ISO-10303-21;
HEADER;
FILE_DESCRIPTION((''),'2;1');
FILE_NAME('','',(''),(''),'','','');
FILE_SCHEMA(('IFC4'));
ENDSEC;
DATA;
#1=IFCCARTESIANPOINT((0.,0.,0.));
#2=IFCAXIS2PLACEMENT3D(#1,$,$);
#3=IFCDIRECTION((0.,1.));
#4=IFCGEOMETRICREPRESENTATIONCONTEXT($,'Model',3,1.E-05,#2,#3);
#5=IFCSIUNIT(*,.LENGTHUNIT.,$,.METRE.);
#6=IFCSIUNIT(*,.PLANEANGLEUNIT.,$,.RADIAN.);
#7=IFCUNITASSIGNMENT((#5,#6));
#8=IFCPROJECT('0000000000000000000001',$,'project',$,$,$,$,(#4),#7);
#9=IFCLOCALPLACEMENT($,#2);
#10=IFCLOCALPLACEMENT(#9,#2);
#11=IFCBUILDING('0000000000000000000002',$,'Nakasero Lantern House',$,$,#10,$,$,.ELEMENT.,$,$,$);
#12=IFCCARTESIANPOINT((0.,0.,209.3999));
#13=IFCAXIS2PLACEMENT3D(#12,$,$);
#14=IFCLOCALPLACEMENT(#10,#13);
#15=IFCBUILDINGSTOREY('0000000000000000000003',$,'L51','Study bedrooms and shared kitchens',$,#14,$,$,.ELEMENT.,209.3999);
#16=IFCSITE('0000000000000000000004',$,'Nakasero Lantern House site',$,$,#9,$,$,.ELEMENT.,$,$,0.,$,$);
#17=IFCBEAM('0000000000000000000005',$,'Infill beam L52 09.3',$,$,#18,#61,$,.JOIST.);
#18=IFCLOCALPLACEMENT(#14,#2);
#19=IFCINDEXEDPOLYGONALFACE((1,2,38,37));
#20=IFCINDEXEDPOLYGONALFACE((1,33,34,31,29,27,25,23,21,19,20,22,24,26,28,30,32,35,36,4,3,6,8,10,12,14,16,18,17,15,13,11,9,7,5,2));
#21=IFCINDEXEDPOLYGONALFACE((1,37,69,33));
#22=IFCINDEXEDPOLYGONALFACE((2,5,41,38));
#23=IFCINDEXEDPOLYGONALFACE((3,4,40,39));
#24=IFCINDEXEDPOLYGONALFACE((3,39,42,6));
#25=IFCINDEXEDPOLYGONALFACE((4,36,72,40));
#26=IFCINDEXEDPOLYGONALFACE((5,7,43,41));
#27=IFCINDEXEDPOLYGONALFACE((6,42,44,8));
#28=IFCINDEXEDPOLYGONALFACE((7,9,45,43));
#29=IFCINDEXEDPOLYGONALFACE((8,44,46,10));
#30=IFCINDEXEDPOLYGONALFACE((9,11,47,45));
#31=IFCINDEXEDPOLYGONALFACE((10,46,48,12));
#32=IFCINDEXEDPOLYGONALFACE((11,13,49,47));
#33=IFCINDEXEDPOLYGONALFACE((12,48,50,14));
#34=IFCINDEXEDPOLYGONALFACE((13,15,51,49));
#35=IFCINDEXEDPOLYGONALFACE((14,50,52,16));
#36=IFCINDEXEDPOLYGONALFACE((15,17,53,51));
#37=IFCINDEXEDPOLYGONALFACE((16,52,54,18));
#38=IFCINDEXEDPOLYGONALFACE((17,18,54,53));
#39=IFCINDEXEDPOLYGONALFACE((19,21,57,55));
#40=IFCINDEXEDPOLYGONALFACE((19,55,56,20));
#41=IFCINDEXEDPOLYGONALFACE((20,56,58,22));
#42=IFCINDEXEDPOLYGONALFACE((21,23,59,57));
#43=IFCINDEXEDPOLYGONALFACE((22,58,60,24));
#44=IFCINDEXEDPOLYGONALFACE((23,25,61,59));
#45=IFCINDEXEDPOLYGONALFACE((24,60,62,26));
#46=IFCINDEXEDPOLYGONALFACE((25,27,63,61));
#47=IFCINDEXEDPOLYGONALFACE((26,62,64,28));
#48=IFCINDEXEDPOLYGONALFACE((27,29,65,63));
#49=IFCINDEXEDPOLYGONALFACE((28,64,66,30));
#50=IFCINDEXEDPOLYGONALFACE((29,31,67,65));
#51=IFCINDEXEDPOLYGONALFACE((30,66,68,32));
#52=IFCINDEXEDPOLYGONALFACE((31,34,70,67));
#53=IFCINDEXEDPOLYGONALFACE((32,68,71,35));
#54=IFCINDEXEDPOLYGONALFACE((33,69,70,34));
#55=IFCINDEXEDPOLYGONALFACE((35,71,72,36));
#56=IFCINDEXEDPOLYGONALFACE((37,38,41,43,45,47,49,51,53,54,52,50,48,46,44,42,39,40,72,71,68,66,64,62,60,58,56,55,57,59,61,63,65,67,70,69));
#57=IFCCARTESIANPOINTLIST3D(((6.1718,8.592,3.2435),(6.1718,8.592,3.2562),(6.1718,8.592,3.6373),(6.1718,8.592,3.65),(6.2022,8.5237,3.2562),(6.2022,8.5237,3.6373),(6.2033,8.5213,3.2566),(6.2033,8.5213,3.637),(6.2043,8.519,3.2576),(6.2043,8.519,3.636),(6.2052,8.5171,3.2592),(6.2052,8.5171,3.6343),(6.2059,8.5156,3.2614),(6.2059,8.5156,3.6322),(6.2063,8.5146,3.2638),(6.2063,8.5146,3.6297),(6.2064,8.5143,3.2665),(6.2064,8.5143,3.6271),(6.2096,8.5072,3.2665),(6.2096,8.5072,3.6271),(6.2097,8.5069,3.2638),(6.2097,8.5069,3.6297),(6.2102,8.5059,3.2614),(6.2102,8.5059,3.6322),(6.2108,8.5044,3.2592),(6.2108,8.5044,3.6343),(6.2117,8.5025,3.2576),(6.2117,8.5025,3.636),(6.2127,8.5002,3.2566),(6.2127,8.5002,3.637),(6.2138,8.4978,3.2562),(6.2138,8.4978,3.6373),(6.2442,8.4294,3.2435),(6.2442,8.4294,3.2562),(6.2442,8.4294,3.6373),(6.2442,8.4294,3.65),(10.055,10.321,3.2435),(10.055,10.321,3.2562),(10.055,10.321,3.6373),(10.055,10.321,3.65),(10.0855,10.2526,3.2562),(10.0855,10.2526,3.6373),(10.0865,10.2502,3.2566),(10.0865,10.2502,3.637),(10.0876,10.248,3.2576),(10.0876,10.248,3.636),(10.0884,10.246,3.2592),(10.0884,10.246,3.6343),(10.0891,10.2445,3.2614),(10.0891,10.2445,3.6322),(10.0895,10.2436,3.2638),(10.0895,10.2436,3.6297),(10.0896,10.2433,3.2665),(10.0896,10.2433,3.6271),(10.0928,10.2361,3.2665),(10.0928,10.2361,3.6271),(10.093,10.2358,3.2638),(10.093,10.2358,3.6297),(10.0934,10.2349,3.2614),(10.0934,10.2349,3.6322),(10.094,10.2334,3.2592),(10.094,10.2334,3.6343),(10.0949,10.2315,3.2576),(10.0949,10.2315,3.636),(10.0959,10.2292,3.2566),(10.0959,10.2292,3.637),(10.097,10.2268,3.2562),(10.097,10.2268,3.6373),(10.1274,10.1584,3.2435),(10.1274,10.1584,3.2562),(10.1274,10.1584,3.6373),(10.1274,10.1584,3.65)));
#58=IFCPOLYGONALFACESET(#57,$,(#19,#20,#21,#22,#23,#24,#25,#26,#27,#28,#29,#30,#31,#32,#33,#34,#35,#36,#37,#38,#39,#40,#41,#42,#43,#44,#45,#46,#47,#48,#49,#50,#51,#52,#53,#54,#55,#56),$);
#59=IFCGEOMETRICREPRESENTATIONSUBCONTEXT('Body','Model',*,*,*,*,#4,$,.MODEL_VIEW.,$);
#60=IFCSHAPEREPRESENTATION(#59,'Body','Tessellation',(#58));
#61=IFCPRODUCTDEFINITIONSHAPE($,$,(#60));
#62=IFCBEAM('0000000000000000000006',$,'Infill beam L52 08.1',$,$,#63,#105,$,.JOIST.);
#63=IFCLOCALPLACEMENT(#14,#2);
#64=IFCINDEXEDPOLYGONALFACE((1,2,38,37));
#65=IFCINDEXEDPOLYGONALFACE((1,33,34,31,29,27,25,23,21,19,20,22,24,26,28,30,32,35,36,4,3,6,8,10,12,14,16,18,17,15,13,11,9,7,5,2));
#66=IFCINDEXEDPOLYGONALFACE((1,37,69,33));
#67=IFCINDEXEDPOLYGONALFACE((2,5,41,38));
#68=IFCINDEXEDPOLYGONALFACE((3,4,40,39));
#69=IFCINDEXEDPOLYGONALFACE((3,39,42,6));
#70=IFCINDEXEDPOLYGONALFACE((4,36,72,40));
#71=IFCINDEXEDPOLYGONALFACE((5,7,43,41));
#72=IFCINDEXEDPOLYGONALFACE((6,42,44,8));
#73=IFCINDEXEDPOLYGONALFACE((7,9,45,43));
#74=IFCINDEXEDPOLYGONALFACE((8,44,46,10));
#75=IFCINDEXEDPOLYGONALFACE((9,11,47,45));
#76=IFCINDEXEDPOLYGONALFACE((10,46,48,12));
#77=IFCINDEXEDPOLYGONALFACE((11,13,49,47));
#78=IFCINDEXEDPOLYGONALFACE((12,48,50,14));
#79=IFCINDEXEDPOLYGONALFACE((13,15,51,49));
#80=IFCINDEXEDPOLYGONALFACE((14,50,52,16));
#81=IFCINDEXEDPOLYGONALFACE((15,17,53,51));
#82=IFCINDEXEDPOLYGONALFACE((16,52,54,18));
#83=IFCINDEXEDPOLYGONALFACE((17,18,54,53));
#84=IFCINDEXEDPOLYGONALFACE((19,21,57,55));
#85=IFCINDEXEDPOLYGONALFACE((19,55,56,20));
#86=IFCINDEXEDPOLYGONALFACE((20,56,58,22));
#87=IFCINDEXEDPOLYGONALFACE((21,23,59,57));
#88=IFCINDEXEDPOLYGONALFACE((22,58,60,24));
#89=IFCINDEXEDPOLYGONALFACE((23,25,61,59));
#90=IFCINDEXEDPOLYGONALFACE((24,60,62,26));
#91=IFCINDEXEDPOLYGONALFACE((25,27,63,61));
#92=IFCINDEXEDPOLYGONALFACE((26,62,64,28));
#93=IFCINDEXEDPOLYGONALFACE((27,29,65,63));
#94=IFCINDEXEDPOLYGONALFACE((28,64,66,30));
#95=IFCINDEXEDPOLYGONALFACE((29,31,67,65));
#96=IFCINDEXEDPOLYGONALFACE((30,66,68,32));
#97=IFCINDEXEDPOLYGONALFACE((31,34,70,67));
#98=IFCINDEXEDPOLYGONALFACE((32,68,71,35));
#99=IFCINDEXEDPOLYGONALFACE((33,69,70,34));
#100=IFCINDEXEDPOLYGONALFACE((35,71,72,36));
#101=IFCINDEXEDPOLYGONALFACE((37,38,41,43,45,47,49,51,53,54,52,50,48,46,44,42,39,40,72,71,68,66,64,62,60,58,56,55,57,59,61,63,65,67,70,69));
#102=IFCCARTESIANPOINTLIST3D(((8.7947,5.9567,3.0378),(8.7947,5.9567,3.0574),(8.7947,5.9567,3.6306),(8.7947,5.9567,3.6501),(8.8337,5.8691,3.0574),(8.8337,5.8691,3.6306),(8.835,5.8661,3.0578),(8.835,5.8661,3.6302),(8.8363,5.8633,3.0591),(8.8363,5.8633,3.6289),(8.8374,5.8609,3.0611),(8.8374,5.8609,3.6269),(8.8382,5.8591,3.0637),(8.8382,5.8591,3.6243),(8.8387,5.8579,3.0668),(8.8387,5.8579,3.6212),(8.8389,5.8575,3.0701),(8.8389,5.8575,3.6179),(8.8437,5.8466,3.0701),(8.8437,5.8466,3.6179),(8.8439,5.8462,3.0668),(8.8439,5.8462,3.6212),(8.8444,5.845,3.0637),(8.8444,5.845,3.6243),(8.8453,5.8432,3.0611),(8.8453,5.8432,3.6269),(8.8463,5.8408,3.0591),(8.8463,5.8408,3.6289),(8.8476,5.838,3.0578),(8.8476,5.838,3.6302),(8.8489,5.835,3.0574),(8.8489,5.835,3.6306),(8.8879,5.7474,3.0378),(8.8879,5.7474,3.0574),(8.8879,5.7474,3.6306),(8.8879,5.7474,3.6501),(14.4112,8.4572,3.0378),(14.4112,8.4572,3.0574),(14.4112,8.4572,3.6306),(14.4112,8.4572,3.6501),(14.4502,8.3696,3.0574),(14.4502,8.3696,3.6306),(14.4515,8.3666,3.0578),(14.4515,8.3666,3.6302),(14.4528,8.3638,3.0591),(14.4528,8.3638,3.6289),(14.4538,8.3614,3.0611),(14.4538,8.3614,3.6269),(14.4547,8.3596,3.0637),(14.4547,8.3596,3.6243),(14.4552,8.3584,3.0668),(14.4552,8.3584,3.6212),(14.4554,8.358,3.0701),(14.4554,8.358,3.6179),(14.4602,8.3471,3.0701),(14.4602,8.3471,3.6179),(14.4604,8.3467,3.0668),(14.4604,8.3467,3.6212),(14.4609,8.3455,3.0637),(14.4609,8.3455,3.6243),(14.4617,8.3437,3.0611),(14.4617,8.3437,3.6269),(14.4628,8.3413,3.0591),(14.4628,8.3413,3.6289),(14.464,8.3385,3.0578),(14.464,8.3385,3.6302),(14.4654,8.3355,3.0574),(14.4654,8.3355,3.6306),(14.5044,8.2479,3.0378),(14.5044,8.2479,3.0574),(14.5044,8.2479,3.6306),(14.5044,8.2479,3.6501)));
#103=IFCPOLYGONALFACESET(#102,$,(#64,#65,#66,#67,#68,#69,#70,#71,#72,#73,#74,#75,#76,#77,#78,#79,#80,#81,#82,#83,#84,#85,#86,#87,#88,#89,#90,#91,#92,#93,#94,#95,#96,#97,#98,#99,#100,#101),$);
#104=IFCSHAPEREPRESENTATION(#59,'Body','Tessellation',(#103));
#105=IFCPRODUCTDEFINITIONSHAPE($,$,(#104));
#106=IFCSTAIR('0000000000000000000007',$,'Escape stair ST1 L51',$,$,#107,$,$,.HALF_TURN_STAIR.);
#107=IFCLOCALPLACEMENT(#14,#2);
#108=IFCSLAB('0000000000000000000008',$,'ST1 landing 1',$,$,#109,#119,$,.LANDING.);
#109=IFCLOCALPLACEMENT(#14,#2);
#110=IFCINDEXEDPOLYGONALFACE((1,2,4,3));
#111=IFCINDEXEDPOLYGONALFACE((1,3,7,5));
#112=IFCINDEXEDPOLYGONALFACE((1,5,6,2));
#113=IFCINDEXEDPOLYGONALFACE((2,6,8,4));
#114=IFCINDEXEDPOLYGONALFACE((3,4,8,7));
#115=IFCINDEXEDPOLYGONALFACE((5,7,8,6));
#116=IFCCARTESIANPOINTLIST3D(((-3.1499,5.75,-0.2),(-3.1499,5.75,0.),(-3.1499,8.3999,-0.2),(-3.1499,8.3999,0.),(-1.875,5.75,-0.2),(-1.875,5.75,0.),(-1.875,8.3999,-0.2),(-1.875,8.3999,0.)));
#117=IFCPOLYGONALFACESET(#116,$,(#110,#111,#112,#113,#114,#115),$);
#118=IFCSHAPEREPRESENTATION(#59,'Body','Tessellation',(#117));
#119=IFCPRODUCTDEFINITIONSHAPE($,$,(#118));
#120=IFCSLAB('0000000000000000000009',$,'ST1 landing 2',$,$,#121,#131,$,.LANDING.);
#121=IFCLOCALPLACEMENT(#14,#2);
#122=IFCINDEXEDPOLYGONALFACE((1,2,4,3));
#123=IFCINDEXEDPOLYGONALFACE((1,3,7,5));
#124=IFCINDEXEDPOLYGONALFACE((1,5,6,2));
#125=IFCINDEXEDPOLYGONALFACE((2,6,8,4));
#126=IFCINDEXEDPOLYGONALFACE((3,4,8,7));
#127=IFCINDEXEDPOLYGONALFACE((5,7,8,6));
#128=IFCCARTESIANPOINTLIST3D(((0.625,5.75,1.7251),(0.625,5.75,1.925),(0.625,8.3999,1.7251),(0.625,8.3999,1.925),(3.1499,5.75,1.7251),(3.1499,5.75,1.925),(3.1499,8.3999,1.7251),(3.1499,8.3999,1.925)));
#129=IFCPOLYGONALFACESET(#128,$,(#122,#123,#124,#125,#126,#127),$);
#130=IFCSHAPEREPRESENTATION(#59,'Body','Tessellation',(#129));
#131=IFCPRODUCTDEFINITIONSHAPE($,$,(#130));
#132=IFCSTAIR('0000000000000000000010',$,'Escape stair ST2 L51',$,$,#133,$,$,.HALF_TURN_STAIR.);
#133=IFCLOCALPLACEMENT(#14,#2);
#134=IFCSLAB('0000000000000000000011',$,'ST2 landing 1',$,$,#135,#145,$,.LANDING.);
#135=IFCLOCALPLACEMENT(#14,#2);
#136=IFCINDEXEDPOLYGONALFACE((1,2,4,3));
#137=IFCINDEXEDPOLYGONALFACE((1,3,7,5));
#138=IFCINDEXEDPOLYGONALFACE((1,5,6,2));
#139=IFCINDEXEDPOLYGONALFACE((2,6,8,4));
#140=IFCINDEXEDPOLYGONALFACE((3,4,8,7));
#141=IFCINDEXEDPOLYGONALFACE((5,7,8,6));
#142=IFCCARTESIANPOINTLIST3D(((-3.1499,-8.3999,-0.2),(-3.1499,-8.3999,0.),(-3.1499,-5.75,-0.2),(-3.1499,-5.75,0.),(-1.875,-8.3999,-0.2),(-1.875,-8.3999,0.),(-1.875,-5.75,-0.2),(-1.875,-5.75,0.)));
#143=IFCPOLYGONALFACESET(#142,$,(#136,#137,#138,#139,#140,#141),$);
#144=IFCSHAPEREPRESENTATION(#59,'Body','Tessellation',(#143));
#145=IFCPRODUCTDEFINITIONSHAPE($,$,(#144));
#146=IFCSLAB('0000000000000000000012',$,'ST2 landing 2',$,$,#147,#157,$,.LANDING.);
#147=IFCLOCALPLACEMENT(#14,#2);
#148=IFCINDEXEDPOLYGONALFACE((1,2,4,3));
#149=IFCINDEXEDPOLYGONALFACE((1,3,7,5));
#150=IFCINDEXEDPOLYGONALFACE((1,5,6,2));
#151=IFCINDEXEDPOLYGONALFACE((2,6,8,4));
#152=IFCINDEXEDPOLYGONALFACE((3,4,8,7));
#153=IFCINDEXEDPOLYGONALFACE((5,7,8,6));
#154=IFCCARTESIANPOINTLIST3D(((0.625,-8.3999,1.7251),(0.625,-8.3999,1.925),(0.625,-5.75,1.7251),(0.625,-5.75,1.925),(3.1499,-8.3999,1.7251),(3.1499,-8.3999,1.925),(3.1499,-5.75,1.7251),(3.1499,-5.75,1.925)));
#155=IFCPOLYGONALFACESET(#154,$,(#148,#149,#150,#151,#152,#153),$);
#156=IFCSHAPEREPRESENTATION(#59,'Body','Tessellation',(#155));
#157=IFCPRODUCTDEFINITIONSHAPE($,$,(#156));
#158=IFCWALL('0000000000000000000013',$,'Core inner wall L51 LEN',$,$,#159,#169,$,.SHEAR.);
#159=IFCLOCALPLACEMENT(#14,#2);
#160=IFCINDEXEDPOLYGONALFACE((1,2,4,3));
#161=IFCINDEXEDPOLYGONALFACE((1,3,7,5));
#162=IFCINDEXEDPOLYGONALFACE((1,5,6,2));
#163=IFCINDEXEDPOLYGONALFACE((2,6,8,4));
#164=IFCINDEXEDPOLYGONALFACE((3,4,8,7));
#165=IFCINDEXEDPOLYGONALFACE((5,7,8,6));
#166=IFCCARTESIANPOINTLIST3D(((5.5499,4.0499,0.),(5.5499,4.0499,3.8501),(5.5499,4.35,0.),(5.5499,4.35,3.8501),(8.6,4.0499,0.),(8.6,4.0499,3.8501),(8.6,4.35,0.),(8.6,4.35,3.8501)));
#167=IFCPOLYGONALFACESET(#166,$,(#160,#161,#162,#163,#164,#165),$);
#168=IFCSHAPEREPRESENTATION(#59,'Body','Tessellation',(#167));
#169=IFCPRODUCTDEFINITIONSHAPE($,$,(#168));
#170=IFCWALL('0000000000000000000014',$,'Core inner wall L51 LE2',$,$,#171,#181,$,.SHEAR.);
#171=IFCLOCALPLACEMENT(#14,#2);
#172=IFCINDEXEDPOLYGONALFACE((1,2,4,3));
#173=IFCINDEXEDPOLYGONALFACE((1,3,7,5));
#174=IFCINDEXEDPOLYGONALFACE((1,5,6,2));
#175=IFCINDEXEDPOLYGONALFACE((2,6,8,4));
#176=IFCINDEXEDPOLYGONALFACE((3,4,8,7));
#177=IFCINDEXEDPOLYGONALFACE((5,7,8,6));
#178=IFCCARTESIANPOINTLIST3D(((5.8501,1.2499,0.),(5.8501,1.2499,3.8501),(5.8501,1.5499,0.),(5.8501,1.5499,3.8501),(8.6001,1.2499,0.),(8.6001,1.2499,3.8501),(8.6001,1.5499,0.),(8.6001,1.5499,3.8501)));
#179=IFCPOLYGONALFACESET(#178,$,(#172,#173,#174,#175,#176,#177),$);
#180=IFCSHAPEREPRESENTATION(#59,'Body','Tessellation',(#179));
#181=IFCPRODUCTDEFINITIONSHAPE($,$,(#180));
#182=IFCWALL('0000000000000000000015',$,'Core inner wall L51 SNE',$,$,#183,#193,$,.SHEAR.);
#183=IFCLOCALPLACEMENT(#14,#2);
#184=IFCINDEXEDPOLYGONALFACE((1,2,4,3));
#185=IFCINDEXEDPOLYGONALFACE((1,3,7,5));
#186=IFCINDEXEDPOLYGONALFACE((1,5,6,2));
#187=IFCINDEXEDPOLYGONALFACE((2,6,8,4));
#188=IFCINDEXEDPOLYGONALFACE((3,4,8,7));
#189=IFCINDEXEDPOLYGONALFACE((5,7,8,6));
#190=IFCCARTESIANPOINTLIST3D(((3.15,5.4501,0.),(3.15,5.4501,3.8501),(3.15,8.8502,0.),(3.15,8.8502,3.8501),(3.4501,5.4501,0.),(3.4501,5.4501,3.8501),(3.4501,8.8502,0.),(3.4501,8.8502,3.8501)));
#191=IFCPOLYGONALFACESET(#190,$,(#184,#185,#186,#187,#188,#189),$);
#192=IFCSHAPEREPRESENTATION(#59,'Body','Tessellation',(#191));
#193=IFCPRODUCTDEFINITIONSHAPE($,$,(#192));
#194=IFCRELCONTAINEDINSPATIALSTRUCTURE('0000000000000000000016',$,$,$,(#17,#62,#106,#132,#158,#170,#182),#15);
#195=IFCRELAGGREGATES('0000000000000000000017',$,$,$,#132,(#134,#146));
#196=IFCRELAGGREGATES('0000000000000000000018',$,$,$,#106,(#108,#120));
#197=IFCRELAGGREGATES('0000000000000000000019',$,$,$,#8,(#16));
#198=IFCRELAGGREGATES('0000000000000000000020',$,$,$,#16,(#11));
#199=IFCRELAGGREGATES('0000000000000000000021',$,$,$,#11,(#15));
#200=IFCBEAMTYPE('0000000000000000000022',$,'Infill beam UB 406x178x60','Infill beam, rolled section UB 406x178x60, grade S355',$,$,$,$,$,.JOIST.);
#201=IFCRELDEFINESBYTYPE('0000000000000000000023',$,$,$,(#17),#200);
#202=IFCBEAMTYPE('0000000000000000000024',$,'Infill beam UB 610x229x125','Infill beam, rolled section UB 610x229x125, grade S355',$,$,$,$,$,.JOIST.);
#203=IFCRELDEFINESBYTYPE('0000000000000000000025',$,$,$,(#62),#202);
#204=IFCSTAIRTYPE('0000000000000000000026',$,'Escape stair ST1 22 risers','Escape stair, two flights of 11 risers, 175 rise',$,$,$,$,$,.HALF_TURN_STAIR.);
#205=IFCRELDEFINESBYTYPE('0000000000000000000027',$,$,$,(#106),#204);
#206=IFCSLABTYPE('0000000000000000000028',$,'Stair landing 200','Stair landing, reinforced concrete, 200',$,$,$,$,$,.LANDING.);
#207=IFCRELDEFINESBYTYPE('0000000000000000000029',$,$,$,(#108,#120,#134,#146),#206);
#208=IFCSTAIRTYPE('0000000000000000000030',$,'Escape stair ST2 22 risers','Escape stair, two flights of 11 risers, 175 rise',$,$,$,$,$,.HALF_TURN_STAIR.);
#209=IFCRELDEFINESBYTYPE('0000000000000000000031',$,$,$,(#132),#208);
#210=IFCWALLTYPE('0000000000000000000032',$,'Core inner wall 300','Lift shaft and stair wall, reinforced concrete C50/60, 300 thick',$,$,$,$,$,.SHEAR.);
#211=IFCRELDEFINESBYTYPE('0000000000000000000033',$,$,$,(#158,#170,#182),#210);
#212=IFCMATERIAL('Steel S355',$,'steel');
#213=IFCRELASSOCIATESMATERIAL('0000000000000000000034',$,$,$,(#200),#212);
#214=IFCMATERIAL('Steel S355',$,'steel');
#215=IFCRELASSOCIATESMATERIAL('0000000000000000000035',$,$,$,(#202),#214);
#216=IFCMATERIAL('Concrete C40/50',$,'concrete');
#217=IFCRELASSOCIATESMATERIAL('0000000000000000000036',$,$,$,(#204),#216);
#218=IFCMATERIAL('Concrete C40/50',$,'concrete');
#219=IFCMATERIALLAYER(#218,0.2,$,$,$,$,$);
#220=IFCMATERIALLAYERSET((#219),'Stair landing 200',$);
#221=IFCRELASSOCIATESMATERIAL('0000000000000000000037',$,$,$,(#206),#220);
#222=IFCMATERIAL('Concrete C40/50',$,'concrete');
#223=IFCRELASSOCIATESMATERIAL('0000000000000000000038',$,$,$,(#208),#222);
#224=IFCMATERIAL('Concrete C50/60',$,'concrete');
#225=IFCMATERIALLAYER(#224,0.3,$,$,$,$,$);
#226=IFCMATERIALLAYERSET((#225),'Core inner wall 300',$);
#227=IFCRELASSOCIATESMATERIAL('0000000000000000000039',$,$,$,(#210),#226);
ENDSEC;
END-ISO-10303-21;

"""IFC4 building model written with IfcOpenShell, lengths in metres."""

from ifc_helpers import new_model, si_unit, direction, frame, frame_2d, origin, origin_2d, place, context, subcontext, project, spatial, polyline, rectangle, i_section, outline, extrude, material, layer, layer_set, material_profile, profile_set, type_object, element, aggregate, save


model = new_model("IFC4")

# Units and contexts
model_context = context("Model", 3, precision=1e-05, world=origin(), true_north=direction((0.0, 1.0)))
body_context = subcontext(model_context, "Body", "Model", "MODEL_VIEW")
ifc_project = project(units=[si_unit("LENGTHUNIT", "METRE"), si_unit("PLANEANGLEUNIT", "RADIAN")], contexts=[model_context])

# Site, building, storey
site_placement = place(None, origin())
site = spatial("IfcSite", under=ifc_project, at=site_placement, Name="Nakasero Lantern House site", CompositionType="ELEMENT", RefElevation=0.0)
building_placement = place(site_placement, origin())
building = spatial("IfcBuilding", under=site, at=building_placement, Name="Nakasero Lantern House", CompositionType="ELEMENT")
storey_placement = place(building_placement, frame((0.0, 0.0, 209.3999)))
storey = spatial("IfcBuildingStorey", under=building, at=storey_placement, Name="L51", Description="Study bedrooms and shared kitchens", CompositionType="ELEMENT", Elevation=209.3999)

# Beams
ifc_material_1 = material(Name="Steel S355", Category="steel")
ifc_material_profile_1 = material_profile(ifc_material_1, i_section(OverallWidth=0.178, OverallDepth=0.4065, WebThickness=0.0078, FlangeThickness=0.0127, FilletRadius=0.0103, at=origin_2d()), Name="UB 406x178x60")
ifc_profile_set_1 = profile_set([ifc_material_profile_1], Name="Steel S355")
beam_type_1 = type_object("IfcBeamType", Name="Infill beam UB 406x178x60", Description="Infill beam, rolled section UB 406x178x60, grade S355", PredefinedType="JOIST", material=ifc_profile_set_1)
beam_1_placement = place(storey_placement, frame((6.208, 8.5107, 3.4468), z_axis=(0.913541, 0.406746, 0.0), x_axis=(-0.406746, 0.913541, 0.0)))
element("IfcBeam", 1, at=beam_1_placement, inside=storey, type_object=beam_type_1, Name="Infill beam L52 09.3", PredefinedType="JOIST", context=body_context, shape_type="SweptSolid", body=[
    extrude(i_section(OverallWidth=0.178, OverallDepth=0.4065, WebThickness=0.0078, FlangeThickness=0.0127, FilletRadius=0.0103, at=origin_2d()), origin(), (0.0, 0.0, 1.0), 4.2507),
])
ifc_material_2 = material(Name="Steel S355", Category="steel")
ifc_material_profile_2 = material_profile(ifc_material_2, i_section(OverallWidth=0.229, OverallDepth=0.6123, WebThickness=0.012, FlangeThickness=0.0195, FilletRadius=0.0127, at=origin_2d()), Name="UB 610x229x125")
ifc_profile_set_2 = profile_set([ifc_material_profile_2], Name="Steel S355")
beam_type_2 = type_object("IfcBeamType", Name="Infill beam UB 610x229x125", Description="Infill beam, rolled section UB 610x229x125, grade S355", PredefinedType="JOIST", material=ifc_profile_set_2)
beam_2_placement = place(storey_placement, frame((8.8413, 5.8521, 3.344), z_axis=(0.913553, 0.406721, 0.0), x_axis=(-0.406721, 0.913553, 0.0)))
element("IfcBeam", 2, at=beam_2_placement, inside=storey, type_object=beam_type_2, Name="Infill beam L52 08.1", PredefinedType="JOIST", context=body_context, shape_type="SweptSolid", body=[
    extrude(i_section(OverallWidth=0.229, OverallDepth=0.6123, WebThickness=0.012, FlangeThickness=0.0195, FilletRadius=0.0127, at=origin_2d()), origin(), (0.0, 0.0, 1.0), 6.1479),
])

# Stairs, slabs
ifc_material_3 = material(Name="Concrete C40/50", Category="concrete")
stair_type_1 = type_object("IfcStairType", Name="Escape stair ST1 22 risers", Description="Escape stair, two flights of 11 risers, 175 rise", PredefinedType="HALF_TURN_STAIR", material=ifc_material_3)
stair_1_placement = place(storey_placement, origin())
stair_1 = element("IfcStair", 3, at=stair_1_placement, inside=storey, type_object=stair_type_1, Name="Escape stair ST1 L51", PredefinedType="HALF_TURN_STAIR")
ifc_material_4 = material(Name="Concrete C40/50", Category="concrete")
ifc_layer_1 = layer(ifc_material_4, 0.2)
ifc_layer_set_1 = layer_set([ifc_layer_1], Name="Stair landing 200")
slab_type = type_object("IfcSlabType", Name="Stair landing 200", Description="Stair landing, reinforced concrete, 200", PredefinedType="LANDING", material=ifc_layer_set_1)
slab_1_placement = place(storey_placement, frame((0.0, 0.0, -0.2)))
slab_1 = element("IfcSlab", 4, at=slab_1_placement, type_object=slab_type, Name="ST1 landing 1", PredefinedType="LANDING", context=body_context, shape_type="SweptSolid", body=[
    extrude(outline(polyline([(-3.1499, 5.75), (-1.875, 5.75), (-1.875, 8.3999), (-3.1499, 8.3999), (-3.1499, 5.75)])), origin(), (0.0, 0.0, 1.0), 0.2),
])
slab_2_placement = place(storey_placement, frame((0.0, 0.0, 1.7251)))
slab_2 = element("IfcSlab", 5, at=slab_2_placement, type_object=slab_type, Name="ST1 landing 2", PredefinedType="LANDING", context=body_context, shape_type="SweptSolid", body=[
    extrude(outline(polyline([(0.625, 5.75), (3.1499, 5.75), (3.1499, 8.3999), (0.625, 8.3999), (0.625, 5.75)])), origin(), (0.0, 0.0, 1.0), 0.2),
])
ifc_material_5 = material(Name="Concrete C40/50", Category="concrete")
stair_type_2 = type_object("IfcStairType", Name="Escape stair ST2 22 risers", Description="Escape stair, two flights of 11 risers, 175 rise", PredefinedType="HALF_TURN_STAIR", material=ifc_material_5)
stair_2_placement = place(storey_placement, origin())
stair_2 = element("IfcStair", 6, at=stair_2_placement, inside=storey, type_object=stair_type_2, Name="Escape stair ST2 L51", PredefinedType="HALF_TURN_STAIR")
slab_3_placement = place(storey_placement, frame((0.0, 0.0, -0.2)))
slab_3 = element("IfcSlab", 7, at=slab_3_placement, type_object=slab_type, Name="ST2 landing 1", PredefinedType="LANDING", context=body_context, shape_type="SweptSolid", body=[
    extrude(outline(polyline([(-3.1499, -8.3999), (-1.875, -8.3999), (-1.875, -5.75), (-3.1499, -5.75), (-3.1499, -8.3999)])), origin(), (0.0, 0.0, 1.0), 0.2),
])
slab_4_placement = place(storey_placement, frame((0.0, 0.0, 1.7251)))
slab_4 = element("IfcSlab", 8, at=slab_4_placement, type_object=slab_type, Name="ST2 landing 2", PredefinedType="LANDING", context=body_context, shape_type="SweptSolid", body=[
    extrude(outline(polyline([(0.625, -8.3999), (3.1499, -8.3999), (3.1499, -5.75), (0.625, -5.75), (0.625, -8.3999)])), origin(), (0.0, 0.0, 1.0), 0.2),
])
aggregate(stair_2, [slab_3, slab_4])

# Walls
ifc_material_6 = material(Name="Concrete C50/60", Category="concrete")
ifc_layer_2 = layer(ifc_material_6, 0.3)
ifc_layer_set_2 = layer_set([ifc_layer_2], Name="Core inner wall 300")
wall_type_1 = type_object("IfcWallType", Name="Core inner wall 300", Description="Lift shaft and stair wall, reinforced concrete C50/60, 300 thick", PredefinedType="SHEAR", material=ifc_layer_set_2)
wall_1_placement = place(storey_placement, frame((5.55, 4.2, 0.0), z_axis=(0.0, 0.0, 1.0), x_axis=(1.0, 0.0, 0.0)))
element("IfcWall", 9, at=wall_1_placement, inside=storey, type_object=wall_type_1, Name="Core inner wall L51 LEN", PredefinedType="SHEAR", context=body_context, shape_type="SweptSolid", body=[
    extrude(rectangle(XDim=3.05, YDim=0.3, at=frame_2d((1.5249, 0.0))), origin(), (0.0, 0.0, 1.0), 3.8501),
])
wall_2_placement = place(storey_placement, frame((5.8501, 1.3999, 0.0), z_axis=(0.0, 0.0, 1.0), x_axis=(1.0, 0.0, 0.0)))
element("IfcWall", 10, at=wall_2_placement, inside=storey, type_object=wall_type_1, Name="Core inner wall L51 LE2", PredefinedType="SHEAR", context=body_context, shape_type="SweptSolid", body=[
    extrude(rectangle(XDim=2.75, YDim=0.3, at=frame_2d((1.375, 0.0))), origin(), (0.0, 0.0, 1.0), 3.8501),
])
wall_3_placement = place(storey_placement, frame((3.3, 5.45, 0.0), z_axis=(0.0, 0.0, 1.0), x_axis=(0.0, 1.0, 0.0)))
element("IfcWall", 11, at=wall_3_placement, inside=storey, type_object=wall_type_1, Name="Core inner wall L51 SNE", PredefinedType="SHEAR", context=body_context, shape_type="SweptSolid", body=[
    extrude(rectangle(XDim=3.4001, YDim=0.3, at=frame_2d((1.7002, 0.0))), origin(), (0.0, 0.0, 1.0), 3.8501),
])

aggregate(stair_1, [slab_1, slab_2])

save(model, "model.ifc")
